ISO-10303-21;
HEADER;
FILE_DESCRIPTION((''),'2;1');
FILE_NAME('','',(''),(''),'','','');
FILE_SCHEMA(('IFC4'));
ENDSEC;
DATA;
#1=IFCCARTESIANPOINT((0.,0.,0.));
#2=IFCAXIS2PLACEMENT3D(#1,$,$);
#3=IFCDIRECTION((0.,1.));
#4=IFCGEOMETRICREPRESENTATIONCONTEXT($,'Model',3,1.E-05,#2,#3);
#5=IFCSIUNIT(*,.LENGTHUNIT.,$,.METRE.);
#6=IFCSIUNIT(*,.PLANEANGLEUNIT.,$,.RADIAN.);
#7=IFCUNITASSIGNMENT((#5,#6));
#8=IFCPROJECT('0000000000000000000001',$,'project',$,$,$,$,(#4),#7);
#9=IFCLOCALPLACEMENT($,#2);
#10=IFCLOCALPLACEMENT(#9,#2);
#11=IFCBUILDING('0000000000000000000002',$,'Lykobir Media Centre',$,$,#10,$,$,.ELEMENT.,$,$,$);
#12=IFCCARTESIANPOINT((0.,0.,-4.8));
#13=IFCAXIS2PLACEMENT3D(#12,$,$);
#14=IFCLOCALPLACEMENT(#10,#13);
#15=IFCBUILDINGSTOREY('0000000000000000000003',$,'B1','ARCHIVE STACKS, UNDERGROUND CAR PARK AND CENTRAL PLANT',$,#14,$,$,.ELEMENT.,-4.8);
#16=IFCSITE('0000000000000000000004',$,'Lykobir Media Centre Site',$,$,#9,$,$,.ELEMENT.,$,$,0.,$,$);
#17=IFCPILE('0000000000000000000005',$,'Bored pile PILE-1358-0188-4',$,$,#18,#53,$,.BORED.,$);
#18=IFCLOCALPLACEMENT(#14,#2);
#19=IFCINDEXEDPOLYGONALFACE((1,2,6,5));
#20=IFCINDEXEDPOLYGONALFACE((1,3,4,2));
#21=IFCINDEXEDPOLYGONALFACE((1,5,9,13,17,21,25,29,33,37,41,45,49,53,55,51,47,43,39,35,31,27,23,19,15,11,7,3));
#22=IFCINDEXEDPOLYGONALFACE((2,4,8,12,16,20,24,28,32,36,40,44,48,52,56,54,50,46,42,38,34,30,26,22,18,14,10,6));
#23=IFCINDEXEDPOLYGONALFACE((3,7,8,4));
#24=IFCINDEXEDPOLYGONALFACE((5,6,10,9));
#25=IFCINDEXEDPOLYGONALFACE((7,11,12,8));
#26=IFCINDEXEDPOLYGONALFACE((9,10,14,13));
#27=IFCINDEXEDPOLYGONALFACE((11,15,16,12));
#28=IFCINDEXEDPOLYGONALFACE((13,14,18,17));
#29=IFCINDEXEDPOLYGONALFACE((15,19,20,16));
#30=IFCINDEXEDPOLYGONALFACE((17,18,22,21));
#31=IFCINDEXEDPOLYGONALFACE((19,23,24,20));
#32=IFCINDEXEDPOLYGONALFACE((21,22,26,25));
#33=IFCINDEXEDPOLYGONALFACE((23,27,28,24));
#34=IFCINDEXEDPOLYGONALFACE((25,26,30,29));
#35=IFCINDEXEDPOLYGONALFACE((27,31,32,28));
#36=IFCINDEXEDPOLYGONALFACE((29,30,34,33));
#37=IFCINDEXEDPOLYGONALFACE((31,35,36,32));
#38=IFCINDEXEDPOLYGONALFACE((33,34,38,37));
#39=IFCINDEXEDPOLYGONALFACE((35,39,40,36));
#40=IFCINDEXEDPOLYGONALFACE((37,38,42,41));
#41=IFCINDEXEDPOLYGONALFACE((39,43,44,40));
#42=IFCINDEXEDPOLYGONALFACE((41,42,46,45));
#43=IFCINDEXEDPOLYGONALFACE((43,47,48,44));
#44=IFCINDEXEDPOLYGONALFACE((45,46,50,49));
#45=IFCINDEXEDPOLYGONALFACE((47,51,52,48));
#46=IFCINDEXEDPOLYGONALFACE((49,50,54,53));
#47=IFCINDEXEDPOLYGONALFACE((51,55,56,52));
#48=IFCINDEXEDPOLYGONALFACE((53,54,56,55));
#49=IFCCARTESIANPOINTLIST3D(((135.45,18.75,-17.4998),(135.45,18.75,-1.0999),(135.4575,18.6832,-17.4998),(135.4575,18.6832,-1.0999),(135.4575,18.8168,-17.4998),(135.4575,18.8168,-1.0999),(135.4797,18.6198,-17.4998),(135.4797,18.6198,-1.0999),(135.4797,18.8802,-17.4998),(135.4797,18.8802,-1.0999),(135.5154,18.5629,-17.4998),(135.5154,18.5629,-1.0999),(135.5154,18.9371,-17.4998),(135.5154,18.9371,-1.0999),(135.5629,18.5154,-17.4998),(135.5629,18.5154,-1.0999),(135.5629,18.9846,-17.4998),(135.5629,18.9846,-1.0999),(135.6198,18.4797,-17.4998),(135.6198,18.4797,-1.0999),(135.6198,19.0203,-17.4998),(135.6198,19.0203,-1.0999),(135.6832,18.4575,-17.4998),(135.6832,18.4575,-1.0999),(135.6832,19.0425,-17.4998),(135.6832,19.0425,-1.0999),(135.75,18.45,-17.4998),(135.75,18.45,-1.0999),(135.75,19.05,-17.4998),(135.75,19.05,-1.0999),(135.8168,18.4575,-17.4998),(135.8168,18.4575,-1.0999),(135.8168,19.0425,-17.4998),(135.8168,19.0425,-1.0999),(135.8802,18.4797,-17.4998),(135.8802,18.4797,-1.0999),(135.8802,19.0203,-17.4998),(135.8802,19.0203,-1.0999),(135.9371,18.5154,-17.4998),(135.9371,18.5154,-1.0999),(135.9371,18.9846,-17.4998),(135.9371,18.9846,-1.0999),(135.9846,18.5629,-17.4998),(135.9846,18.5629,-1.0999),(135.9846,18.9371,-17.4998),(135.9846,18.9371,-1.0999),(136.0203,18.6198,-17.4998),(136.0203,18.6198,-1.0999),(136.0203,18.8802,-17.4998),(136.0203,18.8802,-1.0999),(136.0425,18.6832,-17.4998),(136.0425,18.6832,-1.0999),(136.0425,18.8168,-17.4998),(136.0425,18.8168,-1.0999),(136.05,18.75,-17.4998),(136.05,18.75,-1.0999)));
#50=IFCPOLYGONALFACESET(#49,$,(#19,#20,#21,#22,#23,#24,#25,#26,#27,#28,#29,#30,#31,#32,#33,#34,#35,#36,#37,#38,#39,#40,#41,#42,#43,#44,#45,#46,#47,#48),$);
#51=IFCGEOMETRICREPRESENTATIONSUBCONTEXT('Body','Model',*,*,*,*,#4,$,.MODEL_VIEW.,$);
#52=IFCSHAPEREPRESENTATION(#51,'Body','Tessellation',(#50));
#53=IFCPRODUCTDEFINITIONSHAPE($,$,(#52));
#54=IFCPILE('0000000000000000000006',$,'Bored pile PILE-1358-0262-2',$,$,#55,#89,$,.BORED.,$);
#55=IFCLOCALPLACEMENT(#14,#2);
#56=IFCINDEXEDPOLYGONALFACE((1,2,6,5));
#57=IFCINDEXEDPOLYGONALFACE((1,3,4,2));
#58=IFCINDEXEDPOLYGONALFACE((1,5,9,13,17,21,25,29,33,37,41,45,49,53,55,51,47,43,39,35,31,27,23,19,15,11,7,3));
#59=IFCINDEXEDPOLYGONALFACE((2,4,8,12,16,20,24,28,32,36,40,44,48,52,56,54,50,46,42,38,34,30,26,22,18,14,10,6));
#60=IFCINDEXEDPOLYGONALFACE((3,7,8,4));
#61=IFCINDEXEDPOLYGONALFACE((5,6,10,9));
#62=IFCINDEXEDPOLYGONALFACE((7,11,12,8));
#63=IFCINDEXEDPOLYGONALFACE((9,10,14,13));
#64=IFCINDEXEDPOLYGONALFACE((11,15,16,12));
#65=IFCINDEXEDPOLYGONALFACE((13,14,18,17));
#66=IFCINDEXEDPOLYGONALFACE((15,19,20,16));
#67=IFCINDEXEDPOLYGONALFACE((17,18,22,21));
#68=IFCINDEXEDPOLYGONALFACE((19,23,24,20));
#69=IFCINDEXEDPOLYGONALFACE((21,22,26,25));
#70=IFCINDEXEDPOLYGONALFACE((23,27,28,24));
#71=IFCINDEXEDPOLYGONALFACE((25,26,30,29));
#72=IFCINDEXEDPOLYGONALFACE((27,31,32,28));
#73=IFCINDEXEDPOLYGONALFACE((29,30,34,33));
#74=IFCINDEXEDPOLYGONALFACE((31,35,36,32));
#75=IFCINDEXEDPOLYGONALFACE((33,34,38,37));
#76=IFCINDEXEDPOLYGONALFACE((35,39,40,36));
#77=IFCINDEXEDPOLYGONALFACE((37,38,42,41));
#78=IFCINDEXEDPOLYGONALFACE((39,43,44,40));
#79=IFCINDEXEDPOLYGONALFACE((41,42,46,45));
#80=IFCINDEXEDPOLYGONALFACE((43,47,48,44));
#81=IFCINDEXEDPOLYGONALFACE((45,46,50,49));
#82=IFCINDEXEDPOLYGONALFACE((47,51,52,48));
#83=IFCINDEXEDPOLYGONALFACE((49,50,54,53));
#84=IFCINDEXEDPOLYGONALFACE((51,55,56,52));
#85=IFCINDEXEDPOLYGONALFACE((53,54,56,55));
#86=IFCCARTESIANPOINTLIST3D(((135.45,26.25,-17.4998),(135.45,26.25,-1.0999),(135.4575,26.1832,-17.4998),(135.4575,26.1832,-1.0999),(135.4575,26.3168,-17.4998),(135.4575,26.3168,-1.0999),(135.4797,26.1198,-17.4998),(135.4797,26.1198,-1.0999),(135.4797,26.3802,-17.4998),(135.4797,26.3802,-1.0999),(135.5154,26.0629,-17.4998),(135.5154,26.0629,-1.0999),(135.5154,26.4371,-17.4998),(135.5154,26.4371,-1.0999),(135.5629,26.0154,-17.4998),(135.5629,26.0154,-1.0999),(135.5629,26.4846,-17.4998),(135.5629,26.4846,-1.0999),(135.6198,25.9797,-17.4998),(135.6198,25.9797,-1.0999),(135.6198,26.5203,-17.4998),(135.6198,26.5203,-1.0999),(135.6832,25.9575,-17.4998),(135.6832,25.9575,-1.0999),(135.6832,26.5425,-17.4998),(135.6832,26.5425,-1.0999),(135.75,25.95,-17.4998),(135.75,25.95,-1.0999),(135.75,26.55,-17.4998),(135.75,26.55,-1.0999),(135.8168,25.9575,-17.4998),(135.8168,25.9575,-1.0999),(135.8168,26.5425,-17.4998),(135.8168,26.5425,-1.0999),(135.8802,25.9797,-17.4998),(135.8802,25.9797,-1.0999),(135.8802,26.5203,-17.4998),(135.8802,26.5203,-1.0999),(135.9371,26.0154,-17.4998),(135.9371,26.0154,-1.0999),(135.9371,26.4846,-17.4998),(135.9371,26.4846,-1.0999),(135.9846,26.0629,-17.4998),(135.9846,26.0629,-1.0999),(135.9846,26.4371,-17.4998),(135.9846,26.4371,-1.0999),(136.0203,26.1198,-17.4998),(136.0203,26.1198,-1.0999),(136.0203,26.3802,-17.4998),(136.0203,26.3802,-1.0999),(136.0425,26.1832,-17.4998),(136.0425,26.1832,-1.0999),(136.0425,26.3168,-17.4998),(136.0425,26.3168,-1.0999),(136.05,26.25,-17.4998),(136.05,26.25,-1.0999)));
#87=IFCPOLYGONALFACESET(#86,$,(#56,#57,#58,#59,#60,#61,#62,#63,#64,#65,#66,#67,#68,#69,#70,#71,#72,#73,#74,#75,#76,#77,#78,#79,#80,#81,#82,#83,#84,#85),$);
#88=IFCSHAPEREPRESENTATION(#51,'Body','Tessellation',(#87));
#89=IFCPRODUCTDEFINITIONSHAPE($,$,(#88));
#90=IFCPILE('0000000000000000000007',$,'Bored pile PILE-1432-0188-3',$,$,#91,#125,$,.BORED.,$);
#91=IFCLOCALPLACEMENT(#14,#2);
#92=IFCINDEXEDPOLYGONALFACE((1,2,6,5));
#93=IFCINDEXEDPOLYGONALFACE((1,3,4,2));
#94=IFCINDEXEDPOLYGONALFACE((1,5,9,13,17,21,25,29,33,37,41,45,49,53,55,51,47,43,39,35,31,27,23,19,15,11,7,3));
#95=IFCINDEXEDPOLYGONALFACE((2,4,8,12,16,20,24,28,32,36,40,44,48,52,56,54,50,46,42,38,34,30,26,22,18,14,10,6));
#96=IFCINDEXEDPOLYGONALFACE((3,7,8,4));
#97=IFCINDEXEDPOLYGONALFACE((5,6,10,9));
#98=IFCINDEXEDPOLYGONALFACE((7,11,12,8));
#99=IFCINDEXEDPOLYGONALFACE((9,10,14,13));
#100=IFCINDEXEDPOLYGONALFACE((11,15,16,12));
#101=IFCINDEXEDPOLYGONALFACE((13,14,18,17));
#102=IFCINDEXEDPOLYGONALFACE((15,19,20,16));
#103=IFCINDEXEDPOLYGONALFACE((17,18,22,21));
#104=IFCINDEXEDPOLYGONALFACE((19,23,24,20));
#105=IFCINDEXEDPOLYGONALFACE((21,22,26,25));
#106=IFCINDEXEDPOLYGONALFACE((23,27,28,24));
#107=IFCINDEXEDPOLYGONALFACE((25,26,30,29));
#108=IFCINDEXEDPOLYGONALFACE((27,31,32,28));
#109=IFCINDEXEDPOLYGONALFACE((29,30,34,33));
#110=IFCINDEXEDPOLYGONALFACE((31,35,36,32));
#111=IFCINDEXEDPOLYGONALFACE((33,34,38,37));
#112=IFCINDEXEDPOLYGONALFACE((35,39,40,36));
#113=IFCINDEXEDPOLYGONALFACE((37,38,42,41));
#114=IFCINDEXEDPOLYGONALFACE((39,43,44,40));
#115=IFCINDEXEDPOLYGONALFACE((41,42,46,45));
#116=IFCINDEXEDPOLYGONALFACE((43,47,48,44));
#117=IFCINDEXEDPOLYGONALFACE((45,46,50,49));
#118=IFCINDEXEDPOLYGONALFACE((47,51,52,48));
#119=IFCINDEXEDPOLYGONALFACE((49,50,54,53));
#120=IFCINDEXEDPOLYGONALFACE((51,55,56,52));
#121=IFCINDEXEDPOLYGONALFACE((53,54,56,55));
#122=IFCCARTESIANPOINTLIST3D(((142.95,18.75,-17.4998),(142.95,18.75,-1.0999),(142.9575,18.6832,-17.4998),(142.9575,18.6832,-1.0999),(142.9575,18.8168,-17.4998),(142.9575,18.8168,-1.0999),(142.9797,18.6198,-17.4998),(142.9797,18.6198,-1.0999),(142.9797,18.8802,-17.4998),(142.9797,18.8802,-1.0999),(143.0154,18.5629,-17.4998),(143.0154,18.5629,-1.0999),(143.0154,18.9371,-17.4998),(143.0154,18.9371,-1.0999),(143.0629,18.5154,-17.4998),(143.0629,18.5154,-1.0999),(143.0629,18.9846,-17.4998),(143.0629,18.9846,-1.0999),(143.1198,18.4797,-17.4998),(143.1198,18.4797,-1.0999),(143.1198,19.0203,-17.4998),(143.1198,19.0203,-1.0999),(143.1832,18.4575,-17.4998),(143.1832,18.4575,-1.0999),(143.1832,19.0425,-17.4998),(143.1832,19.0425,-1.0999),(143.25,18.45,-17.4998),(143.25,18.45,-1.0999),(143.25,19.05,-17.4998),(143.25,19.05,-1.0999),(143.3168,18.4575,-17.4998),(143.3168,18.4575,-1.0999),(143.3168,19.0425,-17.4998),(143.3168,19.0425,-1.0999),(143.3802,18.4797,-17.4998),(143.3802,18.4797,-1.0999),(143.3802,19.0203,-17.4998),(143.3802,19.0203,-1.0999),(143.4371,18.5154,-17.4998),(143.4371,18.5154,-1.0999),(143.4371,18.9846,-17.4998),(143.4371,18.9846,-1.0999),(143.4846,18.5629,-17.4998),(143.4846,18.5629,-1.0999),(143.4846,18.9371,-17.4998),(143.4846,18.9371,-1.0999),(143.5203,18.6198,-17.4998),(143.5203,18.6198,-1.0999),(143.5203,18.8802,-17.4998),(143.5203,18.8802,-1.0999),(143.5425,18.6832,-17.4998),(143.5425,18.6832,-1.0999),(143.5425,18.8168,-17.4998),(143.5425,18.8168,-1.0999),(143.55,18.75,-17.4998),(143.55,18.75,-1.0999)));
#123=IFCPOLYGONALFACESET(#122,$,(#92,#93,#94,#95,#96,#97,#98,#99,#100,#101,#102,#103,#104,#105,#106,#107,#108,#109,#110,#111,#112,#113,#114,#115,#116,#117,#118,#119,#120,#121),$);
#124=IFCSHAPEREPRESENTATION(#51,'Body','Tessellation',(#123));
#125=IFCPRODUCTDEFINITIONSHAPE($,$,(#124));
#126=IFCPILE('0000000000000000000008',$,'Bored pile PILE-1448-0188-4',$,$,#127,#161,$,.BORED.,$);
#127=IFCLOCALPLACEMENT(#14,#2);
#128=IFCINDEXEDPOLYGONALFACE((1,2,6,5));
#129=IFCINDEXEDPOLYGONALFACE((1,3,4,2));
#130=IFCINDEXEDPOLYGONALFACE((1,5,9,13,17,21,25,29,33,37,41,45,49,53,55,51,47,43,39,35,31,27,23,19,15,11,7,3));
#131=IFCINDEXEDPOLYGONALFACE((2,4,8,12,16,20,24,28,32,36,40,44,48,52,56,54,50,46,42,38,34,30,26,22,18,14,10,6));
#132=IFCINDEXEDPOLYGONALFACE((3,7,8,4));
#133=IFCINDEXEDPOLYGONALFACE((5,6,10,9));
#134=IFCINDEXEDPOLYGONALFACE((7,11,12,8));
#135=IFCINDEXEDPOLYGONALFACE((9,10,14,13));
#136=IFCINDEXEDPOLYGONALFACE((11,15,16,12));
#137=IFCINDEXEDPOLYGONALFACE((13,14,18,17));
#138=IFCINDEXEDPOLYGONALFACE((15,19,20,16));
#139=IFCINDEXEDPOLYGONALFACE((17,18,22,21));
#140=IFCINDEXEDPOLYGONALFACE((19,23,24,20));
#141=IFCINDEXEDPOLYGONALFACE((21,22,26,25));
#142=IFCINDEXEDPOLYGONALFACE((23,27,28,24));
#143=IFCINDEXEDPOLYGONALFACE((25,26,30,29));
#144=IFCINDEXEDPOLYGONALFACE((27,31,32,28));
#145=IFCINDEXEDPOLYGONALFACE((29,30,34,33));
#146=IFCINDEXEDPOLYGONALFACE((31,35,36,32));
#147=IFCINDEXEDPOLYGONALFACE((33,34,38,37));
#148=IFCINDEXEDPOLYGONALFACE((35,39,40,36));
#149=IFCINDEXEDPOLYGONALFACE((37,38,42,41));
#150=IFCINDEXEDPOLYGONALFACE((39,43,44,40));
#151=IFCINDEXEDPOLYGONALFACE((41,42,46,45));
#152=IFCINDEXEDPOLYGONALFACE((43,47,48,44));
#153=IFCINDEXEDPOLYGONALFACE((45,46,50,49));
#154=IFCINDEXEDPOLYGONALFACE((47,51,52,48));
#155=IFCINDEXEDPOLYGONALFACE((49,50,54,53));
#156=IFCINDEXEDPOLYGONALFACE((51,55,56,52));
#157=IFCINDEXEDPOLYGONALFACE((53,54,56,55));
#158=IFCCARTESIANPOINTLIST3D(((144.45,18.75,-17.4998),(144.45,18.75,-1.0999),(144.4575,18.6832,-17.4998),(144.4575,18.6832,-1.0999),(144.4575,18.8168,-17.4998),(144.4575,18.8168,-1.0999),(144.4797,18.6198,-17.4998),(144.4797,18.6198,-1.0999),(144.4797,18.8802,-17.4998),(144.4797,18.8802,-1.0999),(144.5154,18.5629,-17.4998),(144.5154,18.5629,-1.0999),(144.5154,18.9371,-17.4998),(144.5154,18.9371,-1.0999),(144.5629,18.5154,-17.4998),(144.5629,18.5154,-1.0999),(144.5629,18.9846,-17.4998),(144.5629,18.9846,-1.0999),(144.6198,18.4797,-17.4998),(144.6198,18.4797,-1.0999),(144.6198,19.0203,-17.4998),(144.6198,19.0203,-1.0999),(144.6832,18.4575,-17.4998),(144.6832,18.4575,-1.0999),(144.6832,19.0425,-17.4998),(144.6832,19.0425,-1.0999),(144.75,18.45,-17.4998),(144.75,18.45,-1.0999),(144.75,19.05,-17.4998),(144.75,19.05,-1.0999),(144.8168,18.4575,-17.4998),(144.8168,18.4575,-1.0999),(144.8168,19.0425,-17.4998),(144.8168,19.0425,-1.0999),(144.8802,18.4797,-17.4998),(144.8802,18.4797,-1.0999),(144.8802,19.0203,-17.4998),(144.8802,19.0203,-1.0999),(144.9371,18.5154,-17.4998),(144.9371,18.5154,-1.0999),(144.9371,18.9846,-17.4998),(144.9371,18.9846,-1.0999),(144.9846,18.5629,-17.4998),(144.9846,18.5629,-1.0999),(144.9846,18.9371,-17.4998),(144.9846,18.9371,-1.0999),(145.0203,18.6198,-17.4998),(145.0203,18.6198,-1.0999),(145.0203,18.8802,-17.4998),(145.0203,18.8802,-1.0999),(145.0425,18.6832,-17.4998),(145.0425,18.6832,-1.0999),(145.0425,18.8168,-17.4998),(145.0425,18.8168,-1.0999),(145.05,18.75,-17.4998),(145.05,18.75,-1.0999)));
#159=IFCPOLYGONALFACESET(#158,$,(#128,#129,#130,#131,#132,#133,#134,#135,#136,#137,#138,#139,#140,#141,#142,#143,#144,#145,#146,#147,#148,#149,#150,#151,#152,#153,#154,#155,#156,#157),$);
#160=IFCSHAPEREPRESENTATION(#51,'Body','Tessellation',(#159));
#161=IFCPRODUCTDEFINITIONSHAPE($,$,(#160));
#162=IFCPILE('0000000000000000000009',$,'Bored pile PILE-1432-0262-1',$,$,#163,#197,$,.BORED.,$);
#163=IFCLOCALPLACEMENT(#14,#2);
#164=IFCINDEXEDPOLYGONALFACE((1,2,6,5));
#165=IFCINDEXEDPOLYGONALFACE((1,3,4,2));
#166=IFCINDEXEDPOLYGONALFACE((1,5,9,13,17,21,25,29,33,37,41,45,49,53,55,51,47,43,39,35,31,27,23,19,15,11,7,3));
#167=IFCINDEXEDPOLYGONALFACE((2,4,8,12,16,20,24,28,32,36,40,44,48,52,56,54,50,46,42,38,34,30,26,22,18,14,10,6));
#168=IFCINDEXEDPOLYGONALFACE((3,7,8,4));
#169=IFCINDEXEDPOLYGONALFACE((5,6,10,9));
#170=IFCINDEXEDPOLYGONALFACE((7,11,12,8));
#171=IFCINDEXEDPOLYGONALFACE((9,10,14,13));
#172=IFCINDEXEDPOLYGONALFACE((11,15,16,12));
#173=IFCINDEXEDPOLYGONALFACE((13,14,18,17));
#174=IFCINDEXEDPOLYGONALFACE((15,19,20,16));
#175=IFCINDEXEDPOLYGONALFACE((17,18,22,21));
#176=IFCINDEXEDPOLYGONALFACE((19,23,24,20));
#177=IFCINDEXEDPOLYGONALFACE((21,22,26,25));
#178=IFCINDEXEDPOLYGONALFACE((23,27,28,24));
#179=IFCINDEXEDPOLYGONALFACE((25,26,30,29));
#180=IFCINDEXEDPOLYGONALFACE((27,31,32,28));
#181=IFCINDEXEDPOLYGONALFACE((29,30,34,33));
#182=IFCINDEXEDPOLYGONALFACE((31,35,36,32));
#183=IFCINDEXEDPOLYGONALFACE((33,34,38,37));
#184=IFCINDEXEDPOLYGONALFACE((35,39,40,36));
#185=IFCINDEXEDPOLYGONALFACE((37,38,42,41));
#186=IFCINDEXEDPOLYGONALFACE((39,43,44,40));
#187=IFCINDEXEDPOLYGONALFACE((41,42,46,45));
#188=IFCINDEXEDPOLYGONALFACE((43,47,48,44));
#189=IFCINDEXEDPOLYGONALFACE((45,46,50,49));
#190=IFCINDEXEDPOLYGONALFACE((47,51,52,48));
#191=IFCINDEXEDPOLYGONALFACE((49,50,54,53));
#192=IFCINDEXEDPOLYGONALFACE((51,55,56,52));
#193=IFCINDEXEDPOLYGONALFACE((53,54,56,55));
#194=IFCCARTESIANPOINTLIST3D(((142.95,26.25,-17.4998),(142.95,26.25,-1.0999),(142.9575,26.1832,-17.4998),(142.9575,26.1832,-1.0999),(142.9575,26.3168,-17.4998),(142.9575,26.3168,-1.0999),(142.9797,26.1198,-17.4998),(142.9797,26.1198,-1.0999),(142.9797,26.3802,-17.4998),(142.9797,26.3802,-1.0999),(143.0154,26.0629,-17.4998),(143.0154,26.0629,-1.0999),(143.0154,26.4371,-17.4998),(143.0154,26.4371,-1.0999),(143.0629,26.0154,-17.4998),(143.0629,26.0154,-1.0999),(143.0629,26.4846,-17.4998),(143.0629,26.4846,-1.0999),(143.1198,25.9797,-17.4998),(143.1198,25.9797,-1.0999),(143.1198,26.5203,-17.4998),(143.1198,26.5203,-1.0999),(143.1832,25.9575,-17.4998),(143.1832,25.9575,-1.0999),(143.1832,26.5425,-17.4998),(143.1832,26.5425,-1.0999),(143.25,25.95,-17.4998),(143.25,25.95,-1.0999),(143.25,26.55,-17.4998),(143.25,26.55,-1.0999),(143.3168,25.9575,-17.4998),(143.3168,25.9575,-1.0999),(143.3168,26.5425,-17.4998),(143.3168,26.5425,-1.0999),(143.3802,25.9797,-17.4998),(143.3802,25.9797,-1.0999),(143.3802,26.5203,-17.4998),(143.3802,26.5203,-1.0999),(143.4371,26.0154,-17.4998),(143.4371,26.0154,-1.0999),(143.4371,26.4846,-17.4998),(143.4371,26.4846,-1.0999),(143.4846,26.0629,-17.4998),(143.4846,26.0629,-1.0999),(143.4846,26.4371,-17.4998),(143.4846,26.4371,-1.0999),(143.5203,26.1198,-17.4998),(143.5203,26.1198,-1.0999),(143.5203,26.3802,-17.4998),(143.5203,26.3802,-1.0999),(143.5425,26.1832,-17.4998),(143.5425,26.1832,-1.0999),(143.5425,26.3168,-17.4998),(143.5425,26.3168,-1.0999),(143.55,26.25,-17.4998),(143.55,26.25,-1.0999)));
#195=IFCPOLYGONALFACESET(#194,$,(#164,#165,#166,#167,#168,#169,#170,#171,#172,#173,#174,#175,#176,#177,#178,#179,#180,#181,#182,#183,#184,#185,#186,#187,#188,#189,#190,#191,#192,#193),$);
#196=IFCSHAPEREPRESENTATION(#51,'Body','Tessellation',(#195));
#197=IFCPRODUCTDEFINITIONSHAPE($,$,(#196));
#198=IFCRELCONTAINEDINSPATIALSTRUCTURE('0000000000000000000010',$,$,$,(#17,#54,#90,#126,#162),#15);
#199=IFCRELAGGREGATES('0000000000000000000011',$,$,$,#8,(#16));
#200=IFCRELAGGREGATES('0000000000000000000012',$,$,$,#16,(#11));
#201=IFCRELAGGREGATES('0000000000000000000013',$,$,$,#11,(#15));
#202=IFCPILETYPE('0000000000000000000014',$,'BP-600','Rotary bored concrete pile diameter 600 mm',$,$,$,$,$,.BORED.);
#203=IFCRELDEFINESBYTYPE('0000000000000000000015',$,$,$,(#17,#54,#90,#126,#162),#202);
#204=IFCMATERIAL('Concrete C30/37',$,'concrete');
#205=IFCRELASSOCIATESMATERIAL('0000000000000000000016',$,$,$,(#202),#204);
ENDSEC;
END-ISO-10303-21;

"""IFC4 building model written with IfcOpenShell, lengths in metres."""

from ifc_helpers import new_model, si_unit, direction, frame, origin, origin_2d, place, context, subcontext, project, spatial, circle, extrude, material, material_profile, profile_set, type_object, element, save


model = new_model("IFC4")

# Units and contexts
model_context = context("Model", 3, precision=1e-05, world=origin(), true_north=direction((0.0, 1.0)))
body_context = subcontext(model_context, "Body", "Model", "MODEL_VIEW")
ifc_project = project(units=[si_unit("LENGTHUNIT", "METRE"), si_unit("PLANEANGLEUNIT", "RADIAN")], contexts=[model_context])

# Site, building, storey
site_placement = place(None, origin())
site = spatial("IfcSite", under=ifc_project, at=site_placement, Name="Lykobir Media Centre Site", CompositionType="ELEMENT", RefElevation=0.0)
building_placement = place(site_placement, origin())
building = spatial("IfcBuilding", under=site, at=building_placement, Name="Lykobir Media Centre", CompositionType="ELEMENT")
storey_placement = place(building_placement, frame((0.0, 0.0, -4.8)))
storey = spatial("IfcBuildingStorey", under=building, at=storey_placement, Name="B1", Description="ARCHIVE STACKS, UNDERGROUND CAR PARK AND CENTRAL PLANT", CompositionType="ELEMENT", Elevation=-4.8)

# Piles
ifc_material_1 = material(Name="Concrete C30/37", Category="concrete")
ifc_material_profile_1 = material_profile(ifc_material_1, circle(Radius=0.3, at=origin_2d()), Name="BORED PILE D600")
ifc_profile_set_1 = profile_set([ifc_material_profile_1], Name="Concrete C30/37")
pile_type = type_object("IfcPileType", Name="BP-600", Description="Rotary bored concrete pile diameter 600 mm", PredefinedType="BORED", material=ifc_profile_set_1)
for number, where, z_axis, x_axis, name in (
    (1, (135.75, 18.75, -1.0999), (0.0, 0.0, -1.0), (1.0, 0.0, 0.0), "Bored pile PILE-1358-0188-4"),
    (2, (135.75, 26.25, -1.0999), (0.0, 0.0, -1.0), (1.0, 0.0, 0.0), "Bored pile PILE-1358-0262-2"),
    (3, (143.25, 18.75, -1.0999), (0.0, 0.0, -1.0), (1.0, 0.0, 0.0), "Bored pile PILE-1432-0188-3"),
    (4, (144.75, 18.75, -1.0999), (0.0, 0.0, -1.0), (1.0, 0.0, 0.0), "Bored pile PILE-1448-0188-4"),
    (5, (143.25, 26.25, -1.0999), (0.0, 0.0, -1.0), (1.0, 0.0, 0.0), "Bored pile PILE-1432-0262-1"),
):
    element("IfcPile", number, at=place(storey_placement, frame(where, z_axis=z_axis, x_axis=x_axis)), inside=storey, type_object=pile_type, Name=name, PredefinedType="BORED", context=body_context, shape_type="SweptSolid", body=[
        extrude(circle(Radius=0.3, at=origin_2d()), origin(), (0.0, 0.0, 1.0), 16.3999),
    ])

save(model, "model.ifc")
